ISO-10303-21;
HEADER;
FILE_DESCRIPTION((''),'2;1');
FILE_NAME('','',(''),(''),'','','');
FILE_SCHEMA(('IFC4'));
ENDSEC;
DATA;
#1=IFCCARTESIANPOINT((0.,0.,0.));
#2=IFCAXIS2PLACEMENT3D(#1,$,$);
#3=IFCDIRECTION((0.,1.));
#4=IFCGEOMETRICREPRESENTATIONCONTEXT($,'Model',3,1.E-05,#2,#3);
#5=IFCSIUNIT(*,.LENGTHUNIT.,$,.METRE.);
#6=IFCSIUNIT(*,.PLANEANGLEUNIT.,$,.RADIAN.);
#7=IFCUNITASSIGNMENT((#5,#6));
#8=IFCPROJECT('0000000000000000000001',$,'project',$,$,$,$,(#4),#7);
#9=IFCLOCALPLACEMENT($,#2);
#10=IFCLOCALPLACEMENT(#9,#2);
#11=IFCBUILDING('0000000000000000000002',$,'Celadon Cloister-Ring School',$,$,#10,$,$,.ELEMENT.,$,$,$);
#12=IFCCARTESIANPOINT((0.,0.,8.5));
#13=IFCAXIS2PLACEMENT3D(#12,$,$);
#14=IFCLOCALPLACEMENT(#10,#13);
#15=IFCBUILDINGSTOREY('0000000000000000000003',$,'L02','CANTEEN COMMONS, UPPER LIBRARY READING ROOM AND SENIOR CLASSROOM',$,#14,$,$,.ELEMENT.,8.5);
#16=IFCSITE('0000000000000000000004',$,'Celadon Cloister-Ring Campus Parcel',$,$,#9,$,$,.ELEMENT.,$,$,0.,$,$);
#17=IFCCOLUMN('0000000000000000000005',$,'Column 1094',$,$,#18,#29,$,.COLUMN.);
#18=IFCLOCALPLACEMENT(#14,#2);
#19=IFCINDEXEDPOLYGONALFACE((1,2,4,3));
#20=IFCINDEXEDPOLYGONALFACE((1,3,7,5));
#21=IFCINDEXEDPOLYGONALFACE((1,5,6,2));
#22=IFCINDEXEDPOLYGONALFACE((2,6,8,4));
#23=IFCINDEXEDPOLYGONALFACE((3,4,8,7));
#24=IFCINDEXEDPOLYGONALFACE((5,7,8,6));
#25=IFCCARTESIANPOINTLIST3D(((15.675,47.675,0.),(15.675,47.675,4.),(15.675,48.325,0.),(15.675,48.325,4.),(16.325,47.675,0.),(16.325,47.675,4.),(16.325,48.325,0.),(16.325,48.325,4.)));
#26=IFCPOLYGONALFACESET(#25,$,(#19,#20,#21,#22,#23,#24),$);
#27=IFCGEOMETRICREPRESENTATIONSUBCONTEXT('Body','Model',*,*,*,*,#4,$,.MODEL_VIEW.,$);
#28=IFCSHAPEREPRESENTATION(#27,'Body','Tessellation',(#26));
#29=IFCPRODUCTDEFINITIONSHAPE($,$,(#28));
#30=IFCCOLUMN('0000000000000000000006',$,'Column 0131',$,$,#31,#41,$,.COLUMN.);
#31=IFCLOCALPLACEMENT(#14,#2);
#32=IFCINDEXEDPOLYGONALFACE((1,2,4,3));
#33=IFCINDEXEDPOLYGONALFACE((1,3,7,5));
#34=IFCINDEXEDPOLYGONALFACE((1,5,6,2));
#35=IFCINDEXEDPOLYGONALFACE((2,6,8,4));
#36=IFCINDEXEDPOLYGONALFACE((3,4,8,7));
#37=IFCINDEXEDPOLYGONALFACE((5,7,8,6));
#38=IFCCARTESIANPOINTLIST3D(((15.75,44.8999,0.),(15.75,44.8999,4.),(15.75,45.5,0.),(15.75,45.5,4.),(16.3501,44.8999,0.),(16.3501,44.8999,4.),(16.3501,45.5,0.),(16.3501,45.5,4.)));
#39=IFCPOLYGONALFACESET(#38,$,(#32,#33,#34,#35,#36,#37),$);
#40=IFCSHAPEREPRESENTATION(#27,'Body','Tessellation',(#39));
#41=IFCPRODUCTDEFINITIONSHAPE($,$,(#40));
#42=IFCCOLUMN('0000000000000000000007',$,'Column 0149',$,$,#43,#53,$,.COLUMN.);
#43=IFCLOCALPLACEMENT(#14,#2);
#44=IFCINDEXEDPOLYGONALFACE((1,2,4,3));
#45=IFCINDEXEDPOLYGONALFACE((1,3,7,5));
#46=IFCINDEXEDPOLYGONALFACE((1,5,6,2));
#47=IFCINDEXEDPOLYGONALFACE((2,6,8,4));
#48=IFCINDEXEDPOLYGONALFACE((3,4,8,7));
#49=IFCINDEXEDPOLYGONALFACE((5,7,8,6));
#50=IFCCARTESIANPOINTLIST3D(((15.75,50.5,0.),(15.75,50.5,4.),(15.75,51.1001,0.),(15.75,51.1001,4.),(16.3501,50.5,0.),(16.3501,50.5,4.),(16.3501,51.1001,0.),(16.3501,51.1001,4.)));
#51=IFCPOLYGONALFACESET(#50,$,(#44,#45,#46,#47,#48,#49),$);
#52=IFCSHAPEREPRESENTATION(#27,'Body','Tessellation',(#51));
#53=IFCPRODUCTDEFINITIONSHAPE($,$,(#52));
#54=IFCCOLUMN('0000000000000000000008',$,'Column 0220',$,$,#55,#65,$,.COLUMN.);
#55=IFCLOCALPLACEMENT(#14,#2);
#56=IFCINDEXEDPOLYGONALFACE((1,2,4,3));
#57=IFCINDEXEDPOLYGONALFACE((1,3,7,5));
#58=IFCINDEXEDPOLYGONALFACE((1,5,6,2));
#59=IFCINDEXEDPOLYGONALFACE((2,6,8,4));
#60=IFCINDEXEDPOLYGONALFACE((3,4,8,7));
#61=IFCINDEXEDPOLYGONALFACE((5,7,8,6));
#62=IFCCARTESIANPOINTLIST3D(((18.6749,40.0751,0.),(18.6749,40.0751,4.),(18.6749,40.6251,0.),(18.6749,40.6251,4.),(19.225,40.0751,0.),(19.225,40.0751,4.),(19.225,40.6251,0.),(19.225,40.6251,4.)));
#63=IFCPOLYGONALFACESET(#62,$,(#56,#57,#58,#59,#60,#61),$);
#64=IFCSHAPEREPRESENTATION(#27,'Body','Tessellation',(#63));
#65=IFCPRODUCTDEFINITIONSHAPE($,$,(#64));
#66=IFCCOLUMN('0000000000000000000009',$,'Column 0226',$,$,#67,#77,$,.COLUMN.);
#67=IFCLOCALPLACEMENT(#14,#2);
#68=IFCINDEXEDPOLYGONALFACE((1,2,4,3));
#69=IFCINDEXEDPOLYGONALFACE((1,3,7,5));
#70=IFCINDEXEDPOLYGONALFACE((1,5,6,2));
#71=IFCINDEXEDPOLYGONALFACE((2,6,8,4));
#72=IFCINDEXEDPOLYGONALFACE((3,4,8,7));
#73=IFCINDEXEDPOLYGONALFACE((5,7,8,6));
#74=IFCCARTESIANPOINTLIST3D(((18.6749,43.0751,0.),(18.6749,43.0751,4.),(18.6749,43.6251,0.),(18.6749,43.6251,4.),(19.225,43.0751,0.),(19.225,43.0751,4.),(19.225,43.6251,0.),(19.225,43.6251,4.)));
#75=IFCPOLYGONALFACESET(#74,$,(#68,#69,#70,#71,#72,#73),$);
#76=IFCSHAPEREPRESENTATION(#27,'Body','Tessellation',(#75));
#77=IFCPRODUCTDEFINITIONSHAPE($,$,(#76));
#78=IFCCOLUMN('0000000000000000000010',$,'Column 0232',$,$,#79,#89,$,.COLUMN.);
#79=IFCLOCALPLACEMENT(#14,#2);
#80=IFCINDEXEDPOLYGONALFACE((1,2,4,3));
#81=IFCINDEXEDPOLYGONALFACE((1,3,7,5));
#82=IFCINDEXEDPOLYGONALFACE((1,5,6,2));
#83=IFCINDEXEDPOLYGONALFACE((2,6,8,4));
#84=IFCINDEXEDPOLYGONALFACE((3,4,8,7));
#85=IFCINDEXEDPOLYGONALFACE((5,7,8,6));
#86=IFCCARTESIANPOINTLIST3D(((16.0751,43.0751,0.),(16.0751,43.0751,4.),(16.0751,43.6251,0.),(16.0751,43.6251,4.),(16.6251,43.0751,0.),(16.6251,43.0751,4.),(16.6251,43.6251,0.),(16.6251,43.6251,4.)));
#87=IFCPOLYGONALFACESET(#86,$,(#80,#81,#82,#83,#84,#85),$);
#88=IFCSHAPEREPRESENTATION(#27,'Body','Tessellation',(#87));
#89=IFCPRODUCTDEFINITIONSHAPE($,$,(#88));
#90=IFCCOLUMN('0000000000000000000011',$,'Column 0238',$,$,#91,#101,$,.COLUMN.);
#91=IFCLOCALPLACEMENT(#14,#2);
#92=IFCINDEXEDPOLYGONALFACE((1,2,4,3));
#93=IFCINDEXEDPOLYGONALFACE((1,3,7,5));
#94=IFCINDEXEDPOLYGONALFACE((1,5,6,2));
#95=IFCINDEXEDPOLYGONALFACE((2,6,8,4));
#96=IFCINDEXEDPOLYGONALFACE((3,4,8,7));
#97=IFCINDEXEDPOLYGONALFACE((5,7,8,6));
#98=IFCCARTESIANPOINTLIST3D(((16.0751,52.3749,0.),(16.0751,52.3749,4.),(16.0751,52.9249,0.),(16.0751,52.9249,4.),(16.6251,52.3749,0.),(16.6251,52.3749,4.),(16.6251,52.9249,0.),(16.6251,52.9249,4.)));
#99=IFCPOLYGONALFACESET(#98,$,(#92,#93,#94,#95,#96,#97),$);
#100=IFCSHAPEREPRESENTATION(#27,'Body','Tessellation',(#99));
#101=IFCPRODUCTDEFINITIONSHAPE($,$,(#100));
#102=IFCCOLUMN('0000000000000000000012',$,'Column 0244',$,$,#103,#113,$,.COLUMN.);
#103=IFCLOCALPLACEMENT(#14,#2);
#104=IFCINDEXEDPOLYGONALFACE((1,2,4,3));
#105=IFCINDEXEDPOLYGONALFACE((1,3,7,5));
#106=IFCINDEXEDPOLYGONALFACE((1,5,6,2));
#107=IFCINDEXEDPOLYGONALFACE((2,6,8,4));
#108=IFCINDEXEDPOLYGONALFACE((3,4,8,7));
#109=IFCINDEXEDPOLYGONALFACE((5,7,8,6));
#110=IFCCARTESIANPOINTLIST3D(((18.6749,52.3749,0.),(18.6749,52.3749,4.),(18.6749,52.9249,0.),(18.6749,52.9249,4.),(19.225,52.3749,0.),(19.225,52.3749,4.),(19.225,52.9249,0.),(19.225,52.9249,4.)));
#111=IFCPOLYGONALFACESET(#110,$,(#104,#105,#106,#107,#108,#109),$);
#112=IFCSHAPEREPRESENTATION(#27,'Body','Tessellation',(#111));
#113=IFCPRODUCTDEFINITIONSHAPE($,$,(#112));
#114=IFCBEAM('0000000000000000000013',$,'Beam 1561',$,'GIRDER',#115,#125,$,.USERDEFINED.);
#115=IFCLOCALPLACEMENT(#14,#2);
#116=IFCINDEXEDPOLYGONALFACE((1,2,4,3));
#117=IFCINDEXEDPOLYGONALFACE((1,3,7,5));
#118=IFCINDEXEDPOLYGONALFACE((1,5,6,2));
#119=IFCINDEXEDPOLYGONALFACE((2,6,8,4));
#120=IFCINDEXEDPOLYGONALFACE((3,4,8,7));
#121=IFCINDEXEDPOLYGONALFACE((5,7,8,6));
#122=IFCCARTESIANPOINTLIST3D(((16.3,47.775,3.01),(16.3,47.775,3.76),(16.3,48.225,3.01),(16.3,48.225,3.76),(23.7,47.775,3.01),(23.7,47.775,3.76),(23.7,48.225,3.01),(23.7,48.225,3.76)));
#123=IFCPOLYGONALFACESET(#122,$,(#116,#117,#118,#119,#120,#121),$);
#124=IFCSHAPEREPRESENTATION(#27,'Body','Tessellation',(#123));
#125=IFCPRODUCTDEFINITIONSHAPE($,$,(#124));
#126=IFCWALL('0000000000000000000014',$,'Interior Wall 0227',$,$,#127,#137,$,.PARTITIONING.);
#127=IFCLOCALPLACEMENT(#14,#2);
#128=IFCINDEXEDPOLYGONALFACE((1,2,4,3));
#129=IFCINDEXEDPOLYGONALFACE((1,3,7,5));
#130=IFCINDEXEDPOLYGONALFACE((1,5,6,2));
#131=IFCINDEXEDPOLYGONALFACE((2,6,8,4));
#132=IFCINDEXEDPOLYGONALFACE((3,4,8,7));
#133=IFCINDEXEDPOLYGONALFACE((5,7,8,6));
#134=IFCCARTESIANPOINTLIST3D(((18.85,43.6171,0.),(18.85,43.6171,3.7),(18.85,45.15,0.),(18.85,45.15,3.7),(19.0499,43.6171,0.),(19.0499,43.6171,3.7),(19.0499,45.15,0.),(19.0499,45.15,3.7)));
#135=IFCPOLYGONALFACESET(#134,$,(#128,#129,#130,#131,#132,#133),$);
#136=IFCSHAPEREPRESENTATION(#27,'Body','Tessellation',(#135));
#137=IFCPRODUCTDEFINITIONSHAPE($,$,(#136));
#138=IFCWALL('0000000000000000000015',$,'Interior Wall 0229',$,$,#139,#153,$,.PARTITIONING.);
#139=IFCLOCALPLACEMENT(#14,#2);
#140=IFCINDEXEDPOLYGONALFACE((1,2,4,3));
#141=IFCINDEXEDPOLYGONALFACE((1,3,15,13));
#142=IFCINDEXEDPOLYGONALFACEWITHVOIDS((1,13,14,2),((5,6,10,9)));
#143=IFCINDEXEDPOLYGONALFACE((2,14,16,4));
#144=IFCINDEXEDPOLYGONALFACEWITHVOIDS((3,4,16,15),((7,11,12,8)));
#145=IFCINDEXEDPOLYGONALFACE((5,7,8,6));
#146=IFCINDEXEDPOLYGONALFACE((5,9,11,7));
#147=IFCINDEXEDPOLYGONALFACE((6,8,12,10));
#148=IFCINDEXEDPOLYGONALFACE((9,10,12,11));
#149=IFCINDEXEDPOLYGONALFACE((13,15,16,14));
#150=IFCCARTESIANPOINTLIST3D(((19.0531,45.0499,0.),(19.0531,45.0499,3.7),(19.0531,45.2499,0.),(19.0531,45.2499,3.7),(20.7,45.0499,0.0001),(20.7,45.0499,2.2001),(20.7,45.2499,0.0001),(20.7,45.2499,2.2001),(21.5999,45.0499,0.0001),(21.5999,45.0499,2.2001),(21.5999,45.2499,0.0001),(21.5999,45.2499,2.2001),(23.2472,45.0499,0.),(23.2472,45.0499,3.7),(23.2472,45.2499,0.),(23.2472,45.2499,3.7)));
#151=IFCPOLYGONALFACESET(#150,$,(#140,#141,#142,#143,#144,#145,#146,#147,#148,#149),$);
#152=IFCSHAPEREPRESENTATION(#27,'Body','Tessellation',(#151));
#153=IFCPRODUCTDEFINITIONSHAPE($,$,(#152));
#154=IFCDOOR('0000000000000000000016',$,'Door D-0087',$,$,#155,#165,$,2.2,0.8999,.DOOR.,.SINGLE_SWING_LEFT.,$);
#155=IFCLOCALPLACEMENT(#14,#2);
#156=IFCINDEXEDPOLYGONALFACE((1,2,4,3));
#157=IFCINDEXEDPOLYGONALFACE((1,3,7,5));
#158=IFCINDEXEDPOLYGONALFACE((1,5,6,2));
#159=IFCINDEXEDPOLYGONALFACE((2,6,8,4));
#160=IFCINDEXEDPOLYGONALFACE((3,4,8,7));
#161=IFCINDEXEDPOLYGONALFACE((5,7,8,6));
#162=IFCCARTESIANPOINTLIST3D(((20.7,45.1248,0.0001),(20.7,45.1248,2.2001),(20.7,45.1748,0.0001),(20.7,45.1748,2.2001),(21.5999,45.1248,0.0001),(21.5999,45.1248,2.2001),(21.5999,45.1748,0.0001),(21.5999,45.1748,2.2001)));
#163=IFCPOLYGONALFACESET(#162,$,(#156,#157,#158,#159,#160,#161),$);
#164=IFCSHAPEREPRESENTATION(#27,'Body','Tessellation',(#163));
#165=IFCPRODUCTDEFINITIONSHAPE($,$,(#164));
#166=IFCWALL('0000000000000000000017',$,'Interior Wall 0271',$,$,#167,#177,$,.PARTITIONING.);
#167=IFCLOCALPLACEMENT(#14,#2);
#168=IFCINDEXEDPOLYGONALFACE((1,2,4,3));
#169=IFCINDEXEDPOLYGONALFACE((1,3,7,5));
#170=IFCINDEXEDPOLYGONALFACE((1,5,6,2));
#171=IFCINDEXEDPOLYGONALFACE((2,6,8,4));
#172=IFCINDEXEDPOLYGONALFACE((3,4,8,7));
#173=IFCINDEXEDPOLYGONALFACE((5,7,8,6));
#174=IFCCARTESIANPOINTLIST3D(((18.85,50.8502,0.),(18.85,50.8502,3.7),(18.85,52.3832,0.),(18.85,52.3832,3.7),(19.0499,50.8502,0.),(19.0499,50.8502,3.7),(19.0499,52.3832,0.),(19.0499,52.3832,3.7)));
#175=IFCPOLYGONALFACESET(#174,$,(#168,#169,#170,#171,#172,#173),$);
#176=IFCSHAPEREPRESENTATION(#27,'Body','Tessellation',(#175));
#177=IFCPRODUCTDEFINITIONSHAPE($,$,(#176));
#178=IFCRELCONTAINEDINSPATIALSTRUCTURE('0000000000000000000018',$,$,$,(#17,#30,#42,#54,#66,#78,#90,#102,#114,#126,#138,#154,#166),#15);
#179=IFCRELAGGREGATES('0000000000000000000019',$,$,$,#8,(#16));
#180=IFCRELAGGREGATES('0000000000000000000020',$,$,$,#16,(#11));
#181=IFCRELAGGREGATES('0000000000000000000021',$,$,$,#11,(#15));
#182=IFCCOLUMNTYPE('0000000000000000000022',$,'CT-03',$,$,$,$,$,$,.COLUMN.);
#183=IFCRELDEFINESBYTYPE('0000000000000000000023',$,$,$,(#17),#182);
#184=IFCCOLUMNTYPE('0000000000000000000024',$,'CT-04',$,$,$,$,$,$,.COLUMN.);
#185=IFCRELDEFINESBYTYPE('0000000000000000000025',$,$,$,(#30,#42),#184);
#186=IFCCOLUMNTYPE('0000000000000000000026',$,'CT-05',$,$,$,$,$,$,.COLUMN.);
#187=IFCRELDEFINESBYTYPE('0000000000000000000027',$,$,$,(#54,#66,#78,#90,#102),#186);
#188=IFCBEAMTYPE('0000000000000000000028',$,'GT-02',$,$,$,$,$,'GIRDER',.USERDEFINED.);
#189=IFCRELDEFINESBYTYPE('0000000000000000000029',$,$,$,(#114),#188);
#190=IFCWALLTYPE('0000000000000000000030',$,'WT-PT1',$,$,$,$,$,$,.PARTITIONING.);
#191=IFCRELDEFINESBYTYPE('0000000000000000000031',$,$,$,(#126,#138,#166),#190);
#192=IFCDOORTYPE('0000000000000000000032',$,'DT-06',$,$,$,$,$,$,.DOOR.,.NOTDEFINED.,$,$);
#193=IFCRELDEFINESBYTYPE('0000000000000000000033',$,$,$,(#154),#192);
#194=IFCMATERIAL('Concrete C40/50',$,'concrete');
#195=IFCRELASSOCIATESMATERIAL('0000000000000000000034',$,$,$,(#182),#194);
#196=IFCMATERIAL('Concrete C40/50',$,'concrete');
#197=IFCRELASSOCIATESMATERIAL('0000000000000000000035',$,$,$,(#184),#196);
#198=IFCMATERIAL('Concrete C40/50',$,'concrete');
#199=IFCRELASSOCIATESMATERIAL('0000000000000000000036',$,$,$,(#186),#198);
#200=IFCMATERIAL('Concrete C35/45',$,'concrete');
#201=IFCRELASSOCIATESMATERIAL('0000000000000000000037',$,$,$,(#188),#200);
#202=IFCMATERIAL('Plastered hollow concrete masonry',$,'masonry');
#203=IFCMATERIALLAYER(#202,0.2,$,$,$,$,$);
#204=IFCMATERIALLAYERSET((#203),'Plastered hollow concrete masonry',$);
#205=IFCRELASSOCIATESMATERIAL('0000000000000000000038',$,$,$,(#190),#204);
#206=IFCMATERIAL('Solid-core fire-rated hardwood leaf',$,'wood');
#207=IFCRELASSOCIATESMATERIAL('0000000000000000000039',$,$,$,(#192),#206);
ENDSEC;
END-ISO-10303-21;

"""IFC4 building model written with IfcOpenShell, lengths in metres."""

from ifc_helpers import new_model, si_unit, direction, frame, frame_2d, origin, origin_2d, place, context, subcontext, project, spatial, rectangle, extrude, material, layer, layer_set, material_profile, profile_set, type_object, element, fill, save


model = new_model("IFC4")

# Units and contexts
model_context = context("Model", 3, precision=1e-05, world=origin(), true_north=direction((0.0, 1.0)))
body_context = subcontext(model_context, "Body", "Model", "MODEL_VIEW")
ifc_project = project(units=[si_unit("LENGTHUNIT", "METRE"), si_unit("PLANEANGLEUNIT", "RADIAN")], contexts=[model_context])

# Site, building, storey
site_placement = place(None, origin())
site = spatial("IfcSite", under=ifc_project, at=site_placement, Name="Celadon Cloister-Ring Campus Parcel", CompositionType="ELEMENT", RefElevation=0.0)
building_placement = place(site_placement, origin())
building = spatial("IfcBuilding", under=site, at=building_placement, Name="Celadon Cloister-Ring School", CompositionType="ELEMENT")
storey_placement = place(building_placement, frame((0.0, 0.0, 8.5)))
storey = spatial("IfcBuildingStorey", under=building, at=storey_placement, Name="L02", Description="CANTEEN COMMONS, UPPER LIBRARY READING ROOM AND SENIOR CLASSROOM", CompositionType="ELEMENT", Elevation=8.5)

# Columns
ifc_material_1 = material(Name="Concrete C40/50", Category="concrete")
ifc_material_profile_1 = material_profile(ifc_material_1, rectangle(XDim=0.6499, YDim=0.6499, at=origin_2d()), Name="RC650X650")
ifc_profile_set_1 = profile_set([ifc_material_profile_1], Name="Concrete C40/50")
column_type_1 = type_object("IfcColumnType", Name="CT-03", PredefinedType="COLUMN", material=ifc_profile_set_1)
column_placement = place(storey_placement, frame((16.0, 48.0, 0.0), z_axis=(0.0, 0.0, 1.0), x_axis=(1.0, 0.0, 0.0)))
element("IfcColumn", 1, at=column_placement, inside=storey, type_object=column_type_1, Name="Column 1094", PredefinedType="COLUMN", context=body_context, shape_type="SweptSolid", body=[
    extrude(rectangle(XDim=0.6499, YDim=0.6499, at=origin_2d()), origin(), (0.0, 0.0, 1.0), 4.0),
])
ifc_material_2 = material(Name="Concrete C40/50", Category="concrete")
ifc_material_profile_2 = material_profile(ifc_material_2, rectangle(XDim=0.6001, YDim=0.6001, at=origin_2d()), Name="RC600X600")
ifc_profile_set_2 = profile_set([ifc_material_profile_2], Name="Concrete C40/50")
column_type_2 = type_object("IfcColumnType", Name="CT-04", PredefinedType="COLUMN", material=ifc_profile_set_2)
for number, where, z_axis, x_axis, name in (
    (2, (16.05, 45.2, 0.0), (0.0, 0.0, 1.0), (1.0, 0.0, 0.0), "Column 0131"),
    (3, (16.05, 50.8, 0.0), (0.0, 0.0, 1.0), (1.0, 0.0, 0.0), "Column 0149"),
):
    element("IfcColumn", number, at=place(storey_placement, frame(where, z_axis=z_axis, x_axis=x_axis)), inside=storey, type_object=column_type_2, Name=name, PredefinedType="COLUMN", context=body_context, shape_type="SweptSolid", body=[
        extrude(rectangle(XDim=0.6001, YDim=0.6001, at=origin_2d()), origin(), (0.0, 0.0, 1.0), 4.0),
    ])
ifc_material_3 = material(Name="Concrete C40/50", Category="concrete")
ifc_material_profile_3 = material_profile(ifc_material_3, rectangle(XDim=0.55, YDim=0.55, at=origin_2d()), Name="RC550X550")
ifc_profile_set_3 = profile_set([ifc_material_profile_3], Name="Concrete C40/50")
column_type_3 = type_object("IfcColumnType", Name="CT-05", PredefinedType="COLUMN", material=ifc_profile_set_3)
for number, where, z_axis, x_axis, name in (
    (4, (18.95, 40.3501, 0.0), (0.0, 0.0, 1.0), (1.0, 0.0, 0.0), "Column 0220"),
    (5, (18.95, 43.3501, 0.0), (0.0, 0.0, 1.0), (1.0, 0.0, 0.0), "Column 0226"),
    (6, (16.3501, 43.3501, 0.0), (0.0, 0.0, 1.0), (1.0, 0.0, 0.0), "Column 0232"),
    (7, (16.3501, 52.6499, 0.0), (0.0, 0.0, 1.0), (1.0, 0.0, 0.0), "Column 0238"),
    (8, (18.95, 52.6499, 0.0), (0.0, 0.0, 1.0), (1.0, 0.0, 0.0), "Column 0244"),
):
    element("IfcColumn", number, at=place(storey_placement, frame(where, z_axis=z_axis, x_axis=x_axis)), inside=storey, type_object=column_type_3, Name=name, PredefinedType="COLUMN", context=body_context, shape_type="SweptSolid", body=[
        extrude(rectangle(XDim=0.55, YDim=0.55, at=origin_2d()), origin(), (0.0, 0.0, 1.0), 4.0),
    ])

# Beam
ifc_material_4 = material(Name="Concrete C35/45", Category="concrete")
ifc_material_profile_4 = material_profile(ifc_material_4, rectangle(XDim=0.45, YDim=0.75, at=origin_2d()), Name="RC450X750")
ifc_profile_set_4 = profile_set([ifc_material_profile_4], Name="Concrete C35/45")
beam_type = type_object("IfcBeamType", Name="GT-02", ElementType="GIRDER", PredefinedType="USERDEFINED", material=ifc_profile_set_4)
beam_placement = place(storey_placement, frame((16.3, 48.0, 3.385), z_axis=(1.0, 0.0, 0.0), x_axis=(0.0, 1.0, 0.0)))
element("IfcBeam", 9, at=beam_placement, inside=storey, type_object=beam_type, Name="Beam 1561", ObjectType="GIRDER", PredefinedType="USERDEFINED", context=body_context, shape_type="SweptSolid", body=[
    extrude(rectangle(XDim=0.45, YDim=0.75, at=origin_2d()), origin(), (0.0, 0.0, 1.0), 7.3999),
])

# Wall
ifc_material_5 = material(Name="Plastered hollow concrete masonry", Category="masonry")
ifc_layer_1 = layer(ifc_material_5, 0.2)
ifc_layer_set_1 = layer_set([ifc_layer_1], Name="Plastered hollow concrete masonry")
wall_type_1 = type_object("IfcWallType", Name="WT-PT1", PredefinedType="PARTITIONING", material=ifc_layer_set_1)
wall_1_placement = place(storey_placement, frame((18.95, 43.6169, 0.0), z_axis=(0.0, 0.0, 1.0), x_axis=(0.0, 1.0, 0.0)))
element("IfcWall", 10, at=wall_1_placement, inside=storey, type_object=wall_type_1, Name="Interior Wall 0227", PredefinedType="PARTITIONING", context=body_context, shape_type="SweptSolid", body=[
    extrude(rectangle(XDim=1.533, YDim=0.2, at=frame_2d((0.7666, 0.0))), origin(), (0.0, 0.0, 1.0), 3.7),
])

# Wall, opening, door
wall_2_placement = place(storey_placement, frame((19.053, 45.1499, 0.0), z_axis=(0.0, 0.0, 1.0), x_axis=(1.0, 0.0, 0.0)))
wall_2 = element("IfcWall", 11, at=wall_2_placement, inside=storey, type_object=wall_type_1, Name="Interior Wall 0229", PredefinedType="PARTITIONING", context=body_context, shape_type="SweptSolid", body=[
    extrude(rectangle(XDim=4.1941, YDim=0.2, at=frame_2d((2.0972, 0.0))), origin(), (0.0, 0.0, 1.0), 3.7),
])
opening_1_placement = place(wall_2_placement, frame((1.647, 0.0, 0.0)))
opening_1 = element("IfcOpeningElement", 12, at=opening_1_placement, cuts=wall_2, PredefinedType="OPENING", context=body_context, shape_type="SweptSolid", body=[
    extrude(rectangle(XDim=0.8999, YDim=2.2, at=frame_2d((0.45, 1.1001))), frame((0.0, 0.1099, 0.0), z_axis=(0.0, -1.0, 0.0), x_axis=(1.0, 0.0, 0.0)), (0.0, 0.0, 1.0), 0.22),
])
ifc_material_6 = material(Name="Solid-core fire-rated hardwood leaf", Category="wood")
door_type_1 = type_object("IfcDoorType", Name="DT-06", OperationType="NOTDEFINED", PredefinedType="DOOR", material=ifc_material_6)
door_1_placement = place(opening_1_placement, origin())
door_1 = element("IfcDoor", 13, at=door_1_placement, inside=storey, type_object=door_type_1, Name="Door D-0087", OperationType="SINGLE_SWING_LEFT", OverallHeight=2.2, OverallWidth=0.8999, PredefinedType="DOOR", context=body_context, shape_type="SweptSolid", body=[
    extrude(rectangle(XDim=0.8999, YDim=2.2, at=frame_2d((0.45, 1.1001))), frame((0.0, 0.0249, 0.0), z_axis=(0.0, -1.0, 0.0), x_axis=(1.0, 0.0, 0.0)), (0.0, 0.0, 1.0), 0.05),
])
fill(opening_1, door_1)

# Wall
wall_3_placement = place(storey_placement, frame((18.95, 50.8501, 0.0), z_axis=(0.0, 0.0, 1.0), x_axis=(0.0, 1.0, 0.0)))
element("IfcWall", 14, at=wall_3_placement, inside=storey, type_object=wall_type_1, Name="Interior Wall 0271", PredefinedType="PARTITIONING", context=body_context, shape_type="SweptSolid", body=[
    extrude(rectangle(XDim=1.533, YDim=0.2, at=frame_2d((0.7666, 0.0))), origin(), (0.0, 0.0, 1.0), 3.7),
])

save(model, "model.ifc")
